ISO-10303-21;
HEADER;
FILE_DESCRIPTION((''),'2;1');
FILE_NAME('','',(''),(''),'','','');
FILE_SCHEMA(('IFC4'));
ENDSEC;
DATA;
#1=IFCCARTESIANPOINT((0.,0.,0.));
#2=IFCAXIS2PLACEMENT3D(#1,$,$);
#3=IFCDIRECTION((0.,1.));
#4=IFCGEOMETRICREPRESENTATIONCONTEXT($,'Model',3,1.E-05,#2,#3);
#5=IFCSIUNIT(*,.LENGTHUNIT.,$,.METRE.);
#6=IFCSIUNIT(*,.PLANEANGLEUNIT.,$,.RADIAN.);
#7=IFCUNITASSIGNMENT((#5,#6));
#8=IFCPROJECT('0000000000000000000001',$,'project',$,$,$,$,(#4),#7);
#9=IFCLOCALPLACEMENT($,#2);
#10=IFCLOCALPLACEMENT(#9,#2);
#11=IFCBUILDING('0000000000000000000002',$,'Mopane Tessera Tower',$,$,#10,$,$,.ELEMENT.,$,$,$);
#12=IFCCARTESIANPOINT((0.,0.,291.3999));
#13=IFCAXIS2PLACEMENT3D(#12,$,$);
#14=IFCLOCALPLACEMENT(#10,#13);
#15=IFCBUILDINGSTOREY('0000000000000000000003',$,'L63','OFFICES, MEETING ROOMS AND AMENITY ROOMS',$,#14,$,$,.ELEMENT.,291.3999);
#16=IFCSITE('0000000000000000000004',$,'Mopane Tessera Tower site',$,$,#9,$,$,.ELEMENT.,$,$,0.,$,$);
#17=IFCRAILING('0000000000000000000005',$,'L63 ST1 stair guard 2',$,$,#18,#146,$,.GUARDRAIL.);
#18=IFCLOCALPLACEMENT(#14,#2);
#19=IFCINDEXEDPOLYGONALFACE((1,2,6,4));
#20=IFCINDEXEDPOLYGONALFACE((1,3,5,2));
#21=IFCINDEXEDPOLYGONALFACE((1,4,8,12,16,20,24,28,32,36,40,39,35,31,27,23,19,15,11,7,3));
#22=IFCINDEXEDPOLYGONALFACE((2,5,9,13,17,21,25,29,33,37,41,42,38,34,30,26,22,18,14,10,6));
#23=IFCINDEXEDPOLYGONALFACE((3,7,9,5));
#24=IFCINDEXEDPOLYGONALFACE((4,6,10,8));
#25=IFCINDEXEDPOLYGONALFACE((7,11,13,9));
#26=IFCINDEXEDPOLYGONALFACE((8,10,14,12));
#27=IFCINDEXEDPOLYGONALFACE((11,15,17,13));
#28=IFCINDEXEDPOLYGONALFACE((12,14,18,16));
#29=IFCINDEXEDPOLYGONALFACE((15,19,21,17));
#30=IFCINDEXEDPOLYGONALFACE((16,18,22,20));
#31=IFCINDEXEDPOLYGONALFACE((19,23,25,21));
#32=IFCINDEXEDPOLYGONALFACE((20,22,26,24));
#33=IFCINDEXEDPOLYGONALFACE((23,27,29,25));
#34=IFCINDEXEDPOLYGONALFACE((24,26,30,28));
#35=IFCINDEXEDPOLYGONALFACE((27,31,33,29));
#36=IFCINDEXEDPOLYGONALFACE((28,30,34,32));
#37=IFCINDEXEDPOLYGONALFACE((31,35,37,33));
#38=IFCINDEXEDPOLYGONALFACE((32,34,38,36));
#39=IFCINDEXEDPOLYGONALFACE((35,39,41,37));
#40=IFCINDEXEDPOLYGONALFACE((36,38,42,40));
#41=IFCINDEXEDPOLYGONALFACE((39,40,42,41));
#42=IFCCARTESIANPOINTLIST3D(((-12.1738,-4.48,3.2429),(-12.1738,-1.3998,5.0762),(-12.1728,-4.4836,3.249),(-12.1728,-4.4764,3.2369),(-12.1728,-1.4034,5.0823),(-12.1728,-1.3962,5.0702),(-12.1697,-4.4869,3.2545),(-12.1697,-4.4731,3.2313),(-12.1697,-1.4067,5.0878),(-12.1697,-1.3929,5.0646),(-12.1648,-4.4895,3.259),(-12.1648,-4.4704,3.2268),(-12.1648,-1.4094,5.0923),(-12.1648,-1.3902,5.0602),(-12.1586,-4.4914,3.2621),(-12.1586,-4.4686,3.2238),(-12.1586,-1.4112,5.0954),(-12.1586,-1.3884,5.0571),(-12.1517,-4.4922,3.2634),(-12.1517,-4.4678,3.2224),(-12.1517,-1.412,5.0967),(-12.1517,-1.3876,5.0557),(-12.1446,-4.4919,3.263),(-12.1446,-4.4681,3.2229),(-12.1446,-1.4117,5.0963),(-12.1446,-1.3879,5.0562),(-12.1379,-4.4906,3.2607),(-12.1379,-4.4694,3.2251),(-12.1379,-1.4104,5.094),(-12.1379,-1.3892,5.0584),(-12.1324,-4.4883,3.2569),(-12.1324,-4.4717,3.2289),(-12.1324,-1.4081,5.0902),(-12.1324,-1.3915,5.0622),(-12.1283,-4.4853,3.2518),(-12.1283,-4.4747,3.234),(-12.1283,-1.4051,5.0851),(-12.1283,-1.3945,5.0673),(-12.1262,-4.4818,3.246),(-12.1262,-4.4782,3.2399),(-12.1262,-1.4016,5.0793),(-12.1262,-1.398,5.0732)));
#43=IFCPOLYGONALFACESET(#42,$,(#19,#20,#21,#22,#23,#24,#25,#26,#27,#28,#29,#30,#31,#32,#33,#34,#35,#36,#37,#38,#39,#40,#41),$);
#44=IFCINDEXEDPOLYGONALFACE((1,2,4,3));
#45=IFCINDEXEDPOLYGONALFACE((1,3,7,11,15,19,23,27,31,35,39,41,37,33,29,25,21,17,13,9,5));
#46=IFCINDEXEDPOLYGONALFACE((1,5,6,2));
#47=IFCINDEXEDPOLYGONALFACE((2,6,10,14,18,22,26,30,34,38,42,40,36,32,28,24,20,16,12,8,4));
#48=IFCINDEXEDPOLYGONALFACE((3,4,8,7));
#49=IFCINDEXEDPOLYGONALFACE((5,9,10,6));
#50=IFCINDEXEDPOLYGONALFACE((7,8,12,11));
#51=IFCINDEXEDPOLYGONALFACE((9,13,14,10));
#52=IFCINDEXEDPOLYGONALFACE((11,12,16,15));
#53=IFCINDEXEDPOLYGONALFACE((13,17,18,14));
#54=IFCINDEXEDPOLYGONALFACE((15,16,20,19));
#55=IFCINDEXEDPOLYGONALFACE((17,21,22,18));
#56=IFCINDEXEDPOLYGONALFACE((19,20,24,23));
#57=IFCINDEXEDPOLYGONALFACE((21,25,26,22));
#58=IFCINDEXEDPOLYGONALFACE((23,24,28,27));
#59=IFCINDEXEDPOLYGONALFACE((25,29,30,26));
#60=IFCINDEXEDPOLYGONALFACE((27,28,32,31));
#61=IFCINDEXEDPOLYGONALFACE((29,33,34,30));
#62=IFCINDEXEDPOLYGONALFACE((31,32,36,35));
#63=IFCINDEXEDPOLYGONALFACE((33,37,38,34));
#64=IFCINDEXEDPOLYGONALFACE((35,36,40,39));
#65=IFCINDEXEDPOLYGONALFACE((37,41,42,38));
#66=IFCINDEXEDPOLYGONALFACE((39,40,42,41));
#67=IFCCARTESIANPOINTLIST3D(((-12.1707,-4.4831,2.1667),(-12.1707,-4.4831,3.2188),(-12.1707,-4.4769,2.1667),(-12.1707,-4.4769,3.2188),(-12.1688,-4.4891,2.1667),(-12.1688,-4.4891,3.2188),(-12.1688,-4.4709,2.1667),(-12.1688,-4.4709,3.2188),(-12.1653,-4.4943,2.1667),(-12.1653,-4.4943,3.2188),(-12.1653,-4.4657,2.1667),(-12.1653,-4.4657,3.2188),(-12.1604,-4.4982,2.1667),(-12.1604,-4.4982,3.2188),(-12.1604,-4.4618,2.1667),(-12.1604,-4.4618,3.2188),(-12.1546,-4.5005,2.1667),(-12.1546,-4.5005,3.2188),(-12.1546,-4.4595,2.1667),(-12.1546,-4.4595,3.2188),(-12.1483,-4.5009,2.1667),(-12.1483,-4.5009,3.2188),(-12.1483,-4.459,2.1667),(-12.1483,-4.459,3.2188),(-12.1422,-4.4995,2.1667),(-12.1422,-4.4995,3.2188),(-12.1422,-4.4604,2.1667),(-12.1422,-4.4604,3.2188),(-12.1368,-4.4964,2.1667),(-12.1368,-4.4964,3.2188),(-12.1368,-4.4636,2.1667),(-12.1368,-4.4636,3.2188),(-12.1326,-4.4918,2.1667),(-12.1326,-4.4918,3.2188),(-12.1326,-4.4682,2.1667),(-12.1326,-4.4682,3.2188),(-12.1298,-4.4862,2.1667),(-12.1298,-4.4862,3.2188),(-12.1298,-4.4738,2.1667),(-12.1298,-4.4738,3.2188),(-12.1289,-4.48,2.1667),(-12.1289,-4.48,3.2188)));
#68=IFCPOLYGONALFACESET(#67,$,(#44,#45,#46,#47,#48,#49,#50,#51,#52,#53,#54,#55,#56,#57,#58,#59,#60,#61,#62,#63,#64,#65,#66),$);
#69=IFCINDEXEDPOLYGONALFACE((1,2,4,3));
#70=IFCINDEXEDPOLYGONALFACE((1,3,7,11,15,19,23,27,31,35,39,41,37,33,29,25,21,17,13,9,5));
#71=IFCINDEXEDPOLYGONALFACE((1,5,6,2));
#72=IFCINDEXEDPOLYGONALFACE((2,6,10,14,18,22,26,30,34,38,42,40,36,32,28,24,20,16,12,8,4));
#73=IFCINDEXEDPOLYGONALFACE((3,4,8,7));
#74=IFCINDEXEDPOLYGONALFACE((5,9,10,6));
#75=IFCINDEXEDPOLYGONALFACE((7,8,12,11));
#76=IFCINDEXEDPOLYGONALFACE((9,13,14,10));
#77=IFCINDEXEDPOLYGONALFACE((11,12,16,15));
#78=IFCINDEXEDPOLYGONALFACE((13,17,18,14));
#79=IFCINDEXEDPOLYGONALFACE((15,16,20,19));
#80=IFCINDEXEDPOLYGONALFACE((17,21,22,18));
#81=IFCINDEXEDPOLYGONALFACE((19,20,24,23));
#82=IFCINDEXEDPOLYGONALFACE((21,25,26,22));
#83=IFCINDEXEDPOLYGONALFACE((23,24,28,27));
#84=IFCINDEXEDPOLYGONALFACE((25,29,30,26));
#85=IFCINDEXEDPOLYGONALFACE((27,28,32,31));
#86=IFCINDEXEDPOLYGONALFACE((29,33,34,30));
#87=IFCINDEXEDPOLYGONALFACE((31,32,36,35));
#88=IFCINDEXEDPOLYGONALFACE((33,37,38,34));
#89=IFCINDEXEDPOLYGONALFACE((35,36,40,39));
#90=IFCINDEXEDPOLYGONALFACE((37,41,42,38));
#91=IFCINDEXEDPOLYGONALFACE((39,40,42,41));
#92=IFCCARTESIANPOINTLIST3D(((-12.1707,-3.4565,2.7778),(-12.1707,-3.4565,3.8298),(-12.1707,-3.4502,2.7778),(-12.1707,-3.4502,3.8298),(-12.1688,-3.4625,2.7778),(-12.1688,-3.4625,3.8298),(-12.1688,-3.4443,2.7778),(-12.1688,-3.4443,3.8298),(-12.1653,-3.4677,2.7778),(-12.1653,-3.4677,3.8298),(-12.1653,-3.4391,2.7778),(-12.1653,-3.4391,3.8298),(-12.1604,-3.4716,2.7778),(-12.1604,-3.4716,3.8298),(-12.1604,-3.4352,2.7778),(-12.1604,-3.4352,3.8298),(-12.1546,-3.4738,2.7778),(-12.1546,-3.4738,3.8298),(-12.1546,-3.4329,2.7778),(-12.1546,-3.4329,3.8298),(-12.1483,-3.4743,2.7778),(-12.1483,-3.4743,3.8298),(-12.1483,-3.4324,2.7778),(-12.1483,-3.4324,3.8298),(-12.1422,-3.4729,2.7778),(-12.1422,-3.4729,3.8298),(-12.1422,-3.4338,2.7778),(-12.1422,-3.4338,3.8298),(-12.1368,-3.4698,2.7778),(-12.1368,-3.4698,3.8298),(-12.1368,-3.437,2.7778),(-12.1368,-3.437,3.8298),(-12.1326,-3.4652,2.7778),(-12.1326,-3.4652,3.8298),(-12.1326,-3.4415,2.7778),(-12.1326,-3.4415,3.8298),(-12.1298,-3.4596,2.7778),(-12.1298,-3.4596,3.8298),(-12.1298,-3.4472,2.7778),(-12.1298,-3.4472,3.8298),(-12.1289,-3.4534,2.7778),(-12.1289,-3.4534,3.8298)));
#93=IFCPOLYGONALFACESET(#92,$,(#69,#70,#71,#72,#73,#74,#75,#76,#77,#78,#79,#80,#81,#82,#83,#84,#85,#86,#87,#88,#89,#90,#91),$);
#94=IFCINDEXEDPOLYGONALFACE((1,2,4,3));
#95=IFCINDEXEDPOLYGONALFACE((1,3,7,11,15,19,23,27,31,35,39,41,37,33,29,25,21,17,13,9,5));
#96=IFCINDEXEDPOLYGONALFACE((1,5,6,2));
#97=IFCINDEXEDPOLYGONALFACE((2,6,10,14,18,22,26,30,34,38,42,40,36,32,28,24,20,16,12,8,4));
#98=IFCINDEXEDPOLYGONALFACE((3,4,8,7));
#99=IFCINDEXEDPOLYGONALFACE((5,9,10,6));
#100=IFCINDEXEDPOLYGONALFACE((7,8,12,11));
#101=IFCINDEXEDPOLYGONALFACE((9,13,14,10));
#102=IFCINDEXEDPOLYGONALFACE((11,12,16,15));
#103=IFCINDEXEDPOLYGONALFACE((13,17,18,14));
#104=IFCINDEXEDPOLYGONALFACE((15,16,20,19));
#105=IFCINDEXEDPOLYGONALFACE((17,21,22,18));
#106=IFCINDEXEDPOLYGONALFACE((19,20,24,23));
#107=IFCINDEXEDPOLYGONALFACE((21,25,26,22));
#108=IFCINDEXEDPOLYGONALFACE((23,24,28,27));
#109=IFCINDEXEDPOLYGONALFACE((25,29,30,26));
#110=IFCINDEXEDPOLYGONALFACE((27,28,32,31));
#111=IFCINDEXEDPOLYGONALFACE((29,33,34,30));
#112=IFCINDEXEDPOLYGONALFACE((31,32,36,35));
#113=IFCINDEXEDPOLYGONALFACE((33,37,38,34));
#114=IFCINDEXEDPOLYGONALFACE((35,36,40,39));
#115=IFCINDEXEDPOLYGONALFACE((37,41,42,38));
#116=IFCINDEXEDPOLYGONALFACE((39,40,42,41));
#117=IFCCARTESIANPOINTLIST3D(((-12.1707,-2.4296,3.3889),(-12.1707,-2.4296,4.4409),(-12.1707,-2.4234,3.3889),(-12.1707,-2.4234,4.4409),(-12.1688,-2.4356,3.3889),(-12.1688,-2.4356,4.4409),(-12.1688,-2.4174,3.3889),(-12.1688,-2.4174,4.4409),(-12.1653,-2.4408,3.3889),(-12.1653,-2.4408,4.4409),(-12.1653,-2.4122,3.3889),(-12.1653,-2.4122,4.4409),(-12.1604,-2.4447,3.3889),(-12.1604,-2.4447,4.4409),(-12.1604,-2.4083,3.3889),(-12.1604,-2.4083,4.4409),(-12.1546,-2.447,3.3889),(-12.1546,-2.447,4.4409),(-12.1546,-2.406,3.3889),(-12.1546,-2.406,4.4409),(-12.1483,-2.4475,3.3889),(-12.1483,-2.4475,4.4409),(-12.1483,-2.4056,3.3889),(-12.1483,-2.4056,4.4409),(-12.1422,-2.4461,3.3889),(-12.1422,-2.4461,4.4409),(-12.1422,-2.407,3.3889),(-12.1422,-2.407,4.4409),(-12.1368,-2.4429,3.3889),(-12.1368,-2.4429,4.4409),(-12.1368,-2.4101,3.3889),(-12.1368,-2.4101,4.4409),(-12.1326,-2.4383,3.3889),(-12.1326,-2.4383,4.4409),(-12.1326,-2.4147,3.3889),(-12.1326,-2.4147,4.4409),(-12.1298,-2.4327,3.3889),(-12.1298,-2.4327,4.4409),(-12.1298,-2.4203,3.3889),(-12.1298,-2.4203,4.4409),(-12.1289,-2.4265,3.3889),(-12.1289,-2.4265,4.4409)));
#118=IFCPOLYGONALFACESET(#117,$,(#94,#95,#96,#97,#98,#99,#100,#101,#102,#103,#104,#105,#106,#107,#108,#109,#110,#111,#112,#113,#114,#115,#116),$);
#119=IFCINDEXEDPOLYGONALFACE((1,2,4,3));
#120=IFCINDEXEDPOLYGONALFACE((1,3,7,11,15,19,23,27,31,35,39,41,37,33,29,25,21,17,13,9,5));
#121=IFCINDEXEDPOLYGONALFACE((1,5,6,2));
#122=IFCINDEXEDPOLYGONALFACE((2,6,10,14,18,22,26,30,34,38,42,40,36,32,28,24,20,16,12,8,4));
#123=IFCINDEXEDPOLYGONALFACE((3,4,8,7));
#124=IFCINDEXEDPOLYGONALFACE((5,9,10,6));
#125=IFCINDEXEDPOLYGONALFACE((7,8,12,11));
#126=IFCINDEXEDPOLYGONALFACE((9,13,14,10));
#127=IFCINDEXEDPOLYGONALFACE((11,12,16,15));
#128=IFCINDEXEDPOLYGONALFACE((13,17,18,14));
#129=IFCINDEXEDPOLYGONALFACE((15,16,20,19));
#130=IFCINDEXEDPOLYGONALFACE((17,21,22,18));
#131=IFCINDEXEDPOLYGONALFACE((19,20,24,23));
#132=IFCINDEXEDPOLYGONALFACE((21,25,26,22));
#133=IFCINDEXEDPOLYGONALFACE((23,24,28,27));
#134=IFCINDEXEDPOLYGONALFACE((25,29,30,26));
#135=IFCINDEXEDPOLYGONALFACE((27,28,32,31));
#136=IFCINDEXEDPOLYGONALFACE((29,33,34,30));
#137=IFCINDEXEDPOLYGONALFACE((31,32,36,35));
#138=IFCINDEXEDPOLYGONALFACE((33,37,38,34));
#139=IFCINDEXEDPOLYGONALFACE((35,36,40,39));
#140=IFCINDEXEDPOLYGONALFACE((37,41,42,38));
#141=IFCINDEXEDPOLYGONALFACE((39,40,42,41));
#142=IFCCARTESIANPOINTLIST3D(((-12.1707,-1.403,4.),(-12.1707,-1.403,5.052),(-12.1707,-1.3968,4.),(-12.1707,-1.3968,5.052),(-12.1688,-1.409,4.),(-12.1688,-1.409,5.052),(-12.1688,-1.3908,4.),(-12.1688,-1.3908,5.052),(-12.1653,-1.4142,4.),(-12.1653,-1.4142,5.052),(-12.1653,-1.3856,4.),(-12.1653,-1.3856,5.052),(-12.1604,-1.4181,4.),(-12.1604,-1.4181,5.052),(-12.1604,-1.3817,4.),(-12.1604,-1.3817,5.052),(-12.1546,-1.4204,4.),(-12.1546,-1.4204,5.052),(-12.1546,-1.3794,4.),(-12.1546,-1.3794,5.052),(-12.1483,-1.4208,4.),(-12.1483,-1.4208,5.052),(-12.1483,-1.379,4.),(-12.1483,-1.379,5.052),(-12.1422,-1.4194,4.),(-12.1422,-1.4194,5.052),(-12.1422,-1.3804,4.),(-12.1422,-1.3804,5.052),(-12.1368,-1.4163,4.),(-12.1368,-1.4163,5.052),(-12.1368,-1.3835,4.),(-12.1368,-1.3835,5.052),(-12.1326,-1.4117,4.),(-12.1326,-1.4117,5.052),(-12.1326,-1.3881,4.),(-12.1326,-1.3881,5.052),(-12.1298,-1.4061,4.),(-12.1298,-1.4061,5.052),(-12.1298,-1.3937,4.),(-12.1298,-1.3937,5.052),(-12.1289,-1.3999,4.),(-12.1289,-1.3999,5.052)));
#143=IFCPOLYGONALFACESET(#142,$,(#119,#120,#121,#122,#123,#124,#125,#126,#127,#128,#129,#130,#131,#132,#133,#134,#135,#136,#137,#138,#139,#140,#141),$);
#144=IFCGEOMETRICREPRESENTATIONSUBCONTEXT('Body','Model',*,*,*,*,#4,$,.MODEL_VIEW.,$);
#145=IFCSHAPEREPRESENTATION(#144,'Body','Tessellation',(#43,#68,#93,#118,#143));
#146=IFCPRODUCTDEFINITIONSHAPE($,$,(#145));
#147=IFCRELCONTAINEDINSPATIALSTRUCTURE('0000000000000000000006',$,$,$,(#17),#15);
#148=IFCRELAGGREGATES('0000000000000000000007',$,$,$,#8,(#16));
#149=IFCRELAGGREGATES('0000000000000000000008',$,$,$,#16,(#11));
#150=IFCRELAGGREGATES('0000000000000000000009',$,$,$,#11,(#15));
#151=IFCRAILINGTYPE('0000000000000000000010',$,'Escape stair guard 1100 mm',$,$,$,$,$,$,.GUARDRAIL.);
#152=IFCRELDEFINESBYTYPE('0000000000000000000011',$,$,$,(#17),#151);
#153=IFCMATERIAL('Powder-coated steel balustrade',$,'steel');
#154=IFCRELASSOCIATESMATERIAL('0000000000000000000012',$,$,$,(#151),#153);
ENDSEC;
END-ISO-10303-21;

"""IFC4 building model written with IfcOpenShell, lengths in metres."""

from ifc_helpers import new_model, si_unit, direction, frame, origin, origin_2d, place, context, subcontext, project, spatial, circle, extrude, material, type_object, element, save


model = new_model("IFC4")

# Units and contexts
model_context = context("Model", 3, precision=1e-05, world=origin(), true_north=direction((0.0, 1.0)))
body_context = subcontext(model_context, "Body", "Model", "MODEL_VIEW")
ifc_project = project(units=[si_unit("LENGTHUNIT", "METRE"), si_unit("PLANEANGLEUNIT", "RADIAN")], contexts=[model_context])

# Site, building, storey
site_placement = place(None, origin())
site = spatial("IfcSite", under=ifc_project, at=site_placement, Name="Mopane Tessera Tower site", CompositionType="ELEMENT", RefElevation=0.0)
building_placement = place(site_placement, origin())
building = spatial("IfcBuilding", under=site, at=building_placement, Name="Mopane Tessera Tower", CompositionType="ELEMENT")
storey_placement = place(building_placement, frame((0.0, 0.0, 291.3999)))
storey = spatial("IfcBuildingStorey", under=building, at=storey_placement, Name="L63", Description="OFFICES, MEETING ROOMS AND AMENITY ROOMS", CompositionType="ELEMENT", Elevation=291.3999)

# Railing
ifc_material_1 = material(Name="Powder-coated steel balustrade", Category="steel")
railing_type_1 = type_object("IfcRailingType", Name="Escape stair guard 1100 mm", PredefinedType="GUARDRAIL", material=ifc_material_1)
railing_1_placement = place(storey_placement, frame((-12.1499, -4.48, 2.1667)))
element("IfcRailing", 1, at=railing_1_placement, inside=storey, type_object=railing_type_1, Name="L63 ST1 stair guard 2", PredefinedType="GUARDRAIL", context=body_context, shape_type="SweptSolid", body=[
    extrude(circle(Radius=0.0239, at=origin_2d()), frame((0.0, 0.0, 1.0762), z_axis=(0.0, 0.859309, 0.511458), x_axis=(-1.0, 0.0, 0.0)), (0.0, 0.0, 1.0), 3.5845),
    extrude(circle(Radius=0.021, at=origin_2d()), origin(), (0.0, 0.0, 1.0), 1.052),
    extrude(circle(Radius=0.021, at=origin_2d()), frame((0.0, 1.0266, 0.6111)), (0.0, 0.0, 1.0), 1.052),
    extrude(circle(Radius=0.021, at=origin_2d()), frame((0.0, 2.0535, 1.2222)), (0.0, 0.0, 1.0), 1.052),
    extrude(circle(Radius=0.021, at=origin_2d()), frame((0.0, 3.0801, 1.8333)), (0.0, 0.0, 1.0), 1.052),
])

save(model, "model.ifc")
